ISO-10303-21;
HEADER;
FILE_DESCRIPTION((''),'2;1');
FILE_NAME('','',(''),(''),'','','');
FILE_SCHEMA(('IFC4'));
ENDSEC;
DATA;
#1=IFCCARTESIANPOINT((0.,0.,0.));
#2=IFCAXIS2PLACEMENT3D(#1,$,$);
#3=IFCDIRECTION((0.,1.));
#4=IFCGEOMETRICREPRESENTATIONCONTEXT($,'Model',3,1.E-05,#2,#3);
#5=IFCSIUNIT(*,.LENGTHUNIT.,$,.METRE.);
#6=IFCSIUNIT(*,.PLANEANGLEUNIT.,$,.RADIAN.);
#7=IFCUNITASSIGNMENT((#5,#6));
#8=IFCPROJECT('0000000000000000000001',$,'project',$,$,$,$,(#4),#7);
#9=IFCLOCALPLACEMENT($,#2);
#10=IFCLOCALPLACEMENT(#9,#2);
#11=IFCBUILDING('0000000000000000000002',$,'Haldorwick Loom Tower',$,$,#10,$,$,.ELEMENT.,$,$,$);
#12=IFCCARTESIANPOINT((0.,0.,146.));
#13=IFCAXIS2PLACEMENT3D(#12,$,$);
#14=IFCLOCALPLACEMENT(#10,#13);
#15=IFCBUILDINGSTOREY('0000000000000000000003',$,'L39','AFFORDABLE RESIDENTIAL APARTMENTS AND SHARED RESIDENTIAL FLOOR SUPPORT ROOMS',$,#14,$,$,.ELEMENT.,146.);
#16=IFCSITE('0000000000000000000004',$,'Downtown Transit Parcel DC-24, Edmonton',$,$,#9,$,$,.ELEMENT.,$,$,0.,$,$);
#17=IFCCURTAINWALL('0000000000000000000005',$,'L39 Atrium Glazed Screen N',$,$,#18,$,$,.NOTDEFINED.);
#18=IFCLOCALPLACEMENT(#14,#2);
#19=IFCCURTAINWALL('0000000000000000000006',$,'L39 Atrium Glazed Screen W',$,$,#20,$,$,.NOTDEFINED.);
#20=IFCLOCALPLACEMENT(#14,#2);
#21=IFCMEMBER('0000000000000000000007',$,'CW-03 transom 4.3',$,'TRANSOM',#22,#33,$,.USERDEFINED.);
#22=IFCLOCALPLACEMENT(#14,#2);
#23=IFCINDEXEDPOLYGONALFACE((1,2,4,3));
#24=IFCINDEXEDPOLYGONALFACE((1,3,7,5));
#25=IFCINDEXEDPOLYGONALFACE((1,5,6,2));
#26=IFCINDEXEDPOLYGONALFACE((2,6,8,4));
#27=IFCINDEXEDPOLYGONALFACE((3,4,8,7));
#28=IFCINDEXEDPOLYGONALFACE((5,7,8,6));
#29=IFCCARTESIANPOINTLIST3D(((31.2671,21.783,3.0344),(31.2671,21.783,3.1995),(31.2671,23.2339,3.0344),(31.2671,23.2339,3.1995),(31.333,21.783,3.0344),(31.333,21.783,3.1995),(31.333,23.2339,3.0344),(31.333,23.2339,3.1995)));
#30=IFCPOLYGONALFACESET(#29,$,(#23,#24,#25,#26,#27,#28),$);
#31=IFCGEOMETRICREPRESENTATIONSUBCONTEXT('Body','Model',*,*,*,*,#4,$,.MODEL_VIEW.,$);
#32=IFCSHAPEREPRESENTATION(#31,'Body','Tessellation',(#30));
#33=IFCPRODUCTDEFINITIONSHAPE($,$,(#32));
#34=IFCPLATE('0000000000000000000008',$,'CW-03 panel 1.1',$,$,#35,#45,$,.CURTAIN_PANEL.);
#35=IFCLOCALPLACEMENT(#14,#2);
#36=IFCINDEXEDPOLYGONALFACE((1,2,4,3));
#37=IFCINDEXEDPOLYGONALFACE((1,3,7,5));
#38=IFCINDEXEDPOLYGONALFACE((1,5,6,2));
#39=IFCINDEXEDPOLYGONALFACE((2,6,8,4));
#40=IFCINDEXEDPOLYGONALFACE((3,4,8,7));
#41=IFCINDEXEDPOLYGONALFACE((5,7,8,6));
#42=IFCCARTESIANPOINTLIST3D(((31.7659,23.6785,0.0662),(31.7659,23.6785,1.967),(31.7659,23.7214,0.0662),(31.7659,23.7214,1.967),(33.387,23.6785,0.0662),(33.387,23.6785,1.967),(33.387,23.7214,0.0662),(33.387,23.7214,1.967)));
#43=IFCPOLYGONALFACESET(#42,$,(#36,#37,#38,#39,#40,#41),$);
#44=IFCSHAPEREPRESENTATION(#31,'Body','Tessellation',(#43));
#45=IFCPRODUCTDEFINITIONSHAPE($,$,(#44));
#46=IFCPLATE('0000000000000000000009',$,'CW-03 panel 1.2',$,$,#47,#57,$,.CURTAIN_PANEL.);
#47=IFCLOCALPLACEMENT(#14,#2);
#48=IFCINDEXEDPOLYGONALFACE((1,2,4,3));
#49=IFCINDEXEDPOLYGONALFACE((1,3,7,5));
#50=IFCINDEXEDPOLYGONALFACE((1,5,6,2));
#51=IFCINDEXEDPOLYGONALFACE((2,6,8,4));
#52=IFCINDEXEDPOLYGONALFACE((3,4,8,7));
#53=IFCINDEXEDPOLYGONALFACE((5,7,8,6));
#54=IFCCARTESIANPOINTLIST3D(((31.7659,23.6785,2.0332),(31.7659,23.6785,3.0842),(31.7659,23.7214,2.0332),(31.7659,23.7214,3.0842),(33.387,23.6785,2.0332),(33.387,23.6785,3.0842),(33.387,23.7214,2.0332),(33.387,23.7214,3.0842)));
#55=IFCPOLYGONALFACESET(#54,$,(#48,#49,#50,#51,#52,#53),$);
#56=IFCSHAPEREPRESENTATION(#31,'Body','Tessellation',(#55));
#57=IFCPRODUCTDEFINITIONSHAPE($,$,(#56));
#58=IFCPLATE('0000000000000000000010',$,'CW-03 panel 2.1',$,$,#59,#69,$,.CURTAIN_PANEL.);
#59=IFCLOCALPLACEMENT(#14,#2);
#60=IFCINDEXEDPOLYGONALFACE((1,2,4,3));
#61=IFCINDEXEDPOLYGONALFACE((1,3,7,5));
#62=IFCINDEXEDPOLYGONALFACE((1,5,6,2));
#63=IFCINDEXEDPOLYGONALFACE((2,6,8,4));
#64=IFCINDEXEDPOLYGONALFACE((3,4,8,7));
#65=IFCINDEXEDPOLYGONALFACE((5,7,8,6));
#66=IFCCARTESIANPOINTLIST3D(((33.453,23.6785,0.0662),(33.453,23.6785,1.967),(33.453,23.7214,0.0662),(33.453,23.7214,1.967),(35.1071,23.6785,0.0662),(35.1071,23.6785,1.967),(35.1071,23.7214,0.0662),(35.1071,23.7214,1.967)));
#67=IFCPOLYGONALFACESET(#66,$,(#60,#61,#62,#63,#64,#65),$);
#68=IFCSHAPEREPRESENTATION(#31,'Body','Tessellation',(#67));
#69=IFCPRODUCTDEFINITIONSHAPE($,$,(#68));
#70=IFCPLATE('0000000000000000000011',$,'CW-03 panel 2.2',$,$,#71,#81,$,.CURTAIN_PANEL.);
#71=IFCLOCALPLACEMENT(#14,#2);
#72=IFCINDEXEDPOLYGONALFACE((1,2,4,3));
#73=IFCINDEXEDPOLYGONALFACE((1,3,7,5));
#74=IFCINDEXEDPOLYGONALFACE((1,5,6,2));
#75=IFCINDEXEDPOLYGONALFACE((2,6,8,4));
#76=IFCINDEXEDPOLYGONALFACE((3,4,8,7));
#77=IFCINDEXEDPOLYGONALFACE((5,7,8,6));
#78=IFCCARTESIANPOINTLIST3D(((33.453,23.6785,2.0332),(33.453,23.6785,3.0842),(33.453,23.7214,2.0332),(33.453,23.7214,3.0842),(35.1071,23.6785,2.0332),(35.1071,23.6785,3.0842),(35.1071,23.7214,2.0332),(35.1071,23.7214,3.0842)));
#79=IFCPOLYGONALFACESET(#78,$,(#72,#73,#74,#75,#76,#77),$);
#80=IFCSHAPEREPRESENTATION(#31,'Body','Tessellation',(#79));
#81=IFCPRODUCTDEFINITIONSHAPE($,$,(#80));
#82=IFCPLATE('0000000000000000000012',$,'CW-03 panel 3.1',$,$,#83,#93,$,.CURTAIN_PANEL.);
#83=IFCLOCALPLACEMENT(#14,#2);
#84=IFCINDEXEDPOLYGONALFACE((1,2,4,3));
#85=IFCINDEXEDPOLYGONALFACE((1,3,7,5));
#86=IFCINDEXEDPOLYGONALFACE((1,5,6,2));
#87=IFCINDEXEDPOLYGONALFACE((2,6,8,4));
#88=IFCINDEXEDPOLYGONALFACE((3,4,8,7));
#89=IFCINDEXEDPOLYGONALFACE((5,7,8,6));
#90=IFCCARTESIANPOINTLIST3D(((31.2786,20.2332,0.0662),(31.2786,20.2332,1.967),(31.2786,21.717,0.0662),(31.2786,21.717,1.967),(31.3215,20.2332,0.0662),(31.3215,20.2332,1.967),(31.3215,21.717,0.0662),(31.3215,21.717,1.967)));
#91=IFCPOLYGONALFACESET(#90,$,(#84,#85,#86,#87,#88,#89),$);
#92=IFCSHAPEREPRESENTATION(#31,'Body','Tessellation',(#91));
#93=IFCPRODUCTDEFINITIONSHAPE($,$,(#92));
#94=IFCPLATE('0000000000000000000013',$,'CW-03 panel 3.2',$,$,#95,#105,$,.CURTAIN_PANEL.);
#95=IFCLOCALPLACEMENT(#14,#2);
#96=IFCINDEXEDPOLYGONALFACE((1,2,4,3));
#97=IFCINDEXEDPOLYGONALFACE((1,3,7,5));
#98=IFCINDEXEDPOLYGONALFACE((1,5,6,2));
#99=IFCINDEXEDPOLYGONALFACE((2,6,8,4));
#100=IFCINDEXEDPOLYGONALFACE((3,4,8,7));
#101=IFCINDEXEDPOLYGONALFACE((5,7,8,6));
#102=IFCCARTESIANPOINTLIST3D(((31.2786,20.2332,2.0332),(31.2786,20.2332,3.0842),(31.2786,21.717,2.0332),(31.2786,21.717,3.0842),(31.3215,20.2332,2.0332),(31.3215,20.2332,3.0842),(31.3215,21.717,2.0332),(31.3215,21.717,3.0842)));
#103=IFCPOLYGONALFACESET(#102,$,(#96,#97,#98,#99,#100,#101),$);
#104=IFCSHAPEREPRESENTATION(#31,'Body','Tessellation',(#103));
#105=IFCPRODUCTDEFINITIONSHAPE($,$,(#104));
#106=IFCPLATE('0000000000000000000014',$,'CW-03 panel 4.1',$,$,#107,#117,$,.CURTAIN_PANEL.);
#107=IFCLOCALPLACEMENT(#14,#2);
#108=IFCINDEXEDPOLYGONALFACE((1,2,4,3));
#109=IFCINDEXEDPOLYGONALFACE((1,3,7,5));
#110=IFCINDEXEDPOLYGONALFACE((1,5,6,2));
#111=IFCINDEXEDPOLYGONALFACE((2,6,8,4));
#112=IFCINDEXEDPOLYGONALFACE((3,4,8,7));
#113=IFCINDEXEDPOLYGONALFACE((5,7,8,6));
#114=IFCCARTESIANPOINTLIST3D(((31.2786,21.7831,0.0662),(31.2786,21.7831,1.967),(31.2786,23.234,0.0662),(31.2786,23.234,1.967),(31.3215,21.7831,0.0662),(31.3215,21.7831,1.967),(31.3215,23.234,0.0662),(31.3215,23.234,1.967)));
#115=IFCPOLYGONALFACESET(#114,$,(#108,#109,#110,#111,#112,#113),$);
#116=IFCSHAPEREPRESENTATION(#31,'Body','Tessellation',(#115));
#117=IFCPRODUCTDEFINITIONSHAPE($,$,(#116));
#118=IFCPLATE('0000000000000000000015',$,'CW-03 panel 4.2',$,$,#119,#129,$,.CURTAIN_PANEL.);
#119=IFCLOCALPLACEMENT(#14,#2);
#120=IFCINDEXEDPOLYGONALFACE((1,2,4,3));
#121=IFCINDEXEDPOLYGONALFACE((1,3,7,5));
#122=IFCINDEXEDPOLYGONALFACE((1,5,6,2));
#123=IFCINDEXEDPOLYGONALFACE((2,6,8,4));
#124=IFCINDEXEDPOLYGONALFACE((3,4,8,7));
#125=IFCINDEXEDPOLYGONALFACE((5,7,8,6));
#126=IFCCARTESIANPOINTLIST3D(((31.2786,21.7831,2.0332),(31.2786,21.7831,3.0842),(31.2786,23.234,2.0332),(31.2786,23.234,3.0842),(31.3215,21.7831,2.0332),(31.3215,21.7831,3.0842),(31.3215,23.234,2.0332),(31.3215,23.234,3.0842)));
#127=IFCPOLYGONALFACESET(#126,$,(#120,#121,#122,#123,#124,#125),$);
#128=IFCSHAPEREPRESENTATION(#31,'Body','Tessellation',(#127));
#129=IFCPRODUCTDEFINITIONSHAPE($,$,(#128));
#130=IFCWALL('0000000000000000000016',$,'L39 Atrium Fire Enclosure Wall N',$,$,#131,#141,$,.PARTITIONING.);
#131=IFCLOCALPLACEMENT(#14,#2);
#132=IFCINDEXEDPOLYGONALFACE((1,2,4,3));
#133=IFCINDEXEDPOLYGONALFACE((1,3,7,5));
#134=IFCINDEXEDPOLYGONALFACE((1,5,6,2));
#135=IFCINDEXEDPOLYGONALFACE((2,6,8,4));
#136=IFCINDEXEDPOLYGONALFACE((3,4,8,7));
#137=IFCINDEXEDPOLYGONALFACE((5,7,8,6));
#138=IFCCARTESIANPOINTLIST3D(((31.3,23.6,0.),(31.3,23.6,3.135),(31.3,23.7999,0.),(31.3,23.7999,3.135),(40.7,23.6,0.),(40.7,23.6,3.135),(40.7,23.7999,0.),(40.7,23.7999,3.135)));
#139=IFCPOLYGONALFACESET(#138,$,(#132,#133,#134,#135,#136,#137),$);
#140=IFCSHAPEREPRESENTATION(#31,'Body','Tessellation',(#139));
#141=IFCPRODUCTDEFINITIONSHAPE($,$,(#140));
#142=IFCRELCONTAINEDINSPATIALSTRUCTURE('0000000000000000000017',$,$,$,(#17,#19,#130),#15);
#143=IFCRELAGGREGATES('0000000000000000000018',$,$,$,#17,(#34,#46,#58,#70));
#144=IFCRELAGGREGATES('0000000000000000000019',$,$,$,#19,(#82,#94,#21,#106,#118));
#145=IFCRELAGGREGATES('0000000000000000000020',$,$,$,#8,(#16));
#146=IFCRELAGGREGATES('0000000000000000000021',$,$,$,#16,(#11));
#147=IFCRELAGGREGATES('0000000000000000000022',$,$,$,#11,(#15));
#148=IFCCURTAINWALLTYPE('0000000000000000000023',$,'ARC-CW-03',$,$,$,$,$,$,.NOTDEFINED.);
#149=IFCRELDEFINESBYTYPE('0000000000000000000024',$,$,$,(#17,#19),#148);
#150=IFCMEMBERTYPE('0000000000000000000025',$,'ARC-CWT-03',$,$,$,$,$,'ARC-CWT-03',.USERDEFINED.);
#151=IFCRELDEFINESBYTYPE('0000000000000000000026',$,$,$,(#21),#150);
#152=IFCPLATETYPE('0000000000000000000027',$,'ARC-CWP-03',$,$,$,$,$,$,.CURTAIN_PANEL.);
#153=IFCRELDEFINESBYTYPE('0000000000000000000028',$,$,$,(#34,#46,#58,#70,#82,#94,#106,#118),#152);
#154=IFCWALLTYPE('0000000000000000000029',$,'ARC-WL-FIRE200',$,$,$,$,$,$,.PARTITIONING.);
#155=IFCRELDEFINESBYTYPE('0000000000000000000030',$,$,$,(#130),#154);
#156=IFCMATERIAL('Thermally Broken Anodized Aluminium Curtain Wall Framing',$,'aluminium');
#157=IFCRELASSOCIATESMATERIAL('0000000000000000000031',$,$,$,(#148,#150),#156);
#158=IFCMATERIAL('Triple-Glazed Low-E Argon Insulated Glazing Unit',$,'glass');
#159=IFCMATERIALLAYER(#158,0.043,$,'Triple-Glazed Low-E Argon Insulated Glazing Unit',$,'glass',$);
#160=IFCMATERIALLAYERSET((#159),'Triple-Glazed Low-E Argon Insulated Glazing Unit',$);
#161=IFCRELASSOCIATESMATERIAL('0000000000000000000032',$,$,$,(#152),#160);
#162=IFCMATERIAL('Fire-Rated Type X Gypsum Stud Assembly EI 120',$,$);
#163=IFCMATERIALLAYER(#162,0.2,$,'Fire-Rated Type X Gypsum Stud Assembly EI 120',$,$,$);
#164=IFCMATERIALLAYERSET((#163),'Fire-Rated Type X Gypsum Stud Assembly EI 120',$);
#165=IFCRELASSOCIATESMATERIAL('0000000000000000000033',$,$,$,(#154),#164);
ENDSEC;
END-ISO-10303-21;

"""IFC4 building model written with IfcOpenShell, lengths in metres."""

from ifc_helpers import new_model, si_unit, direction, frame, frame_2d, origin, origin_2d, place, context, subcontext, project, spatial, rectangle, extrude, material, layer, layer_set, material_profile, profile_set, type_object, element, aggregate, save


model = new_model("IFC4")

# Units and contexts
model_context = context("Model", 3, precision=1e-05, world=origin(), true_north=direction((0.0, 1.0)))
body_context = subcontext(model_context, "Body", "Model", "MODEL_VIEW")
ifc_project = project(units=[si_unit("LENGTHUNIT", "METRE"), si_unit("PLANEANGLEUNIT", "RADIAN")], contexts=[model_context])

# Site, building, storey
site_placement = place(None, origin())
site = spatial("IfcSite", under=ifc_project, at=site_placement, Name="Downtown Transit Parcel DC-24, Edmonton", CompositionType="ELEMENT", RefElevation=0.0)
building_placement = place(site_placement, origin())
building = spatial("IfcBuilding", under=site, at=building_placement, Name="Haldorwick Loom Tower", CompositionType="ELEMENT")
storey_placement = place(building_placement, frame((0.0, 0.0, 146.0)))
storey = spatial("IfcBuildingStorey", under=building, at=storey_placement, Name="L39", Description="AFFORDABLE RESIDENTIAL APARTMENTS AND SHARED RESIDENTIAL FLOOR SUPPORT ROOMS", CompositionType="ELEMENT", Elevation=146.0)

# Curtain walls
ifc_material_1 = material(Name="Thermally Broken Anodized Aluminium Curtain Wall Framing", Category="aluminium")
curtain_wall_type = type_object("IfcCurtainWallType", Name="ARC-CW-03", PredefinedType="NOTDEFINED", material=ifc_material_1)
curtain_wall_1_placement = place(storey_placement, origin())
curtain_wall_1 = element("IfcCurtainWall", 1, at=curtain_wall_1_placement, inside=storey, type_object=curtain_wall_type, Name="L39 Atrium Glazed Screen N", PredefinedType="NOTDEFINED")
curtain_wall_2_placement = place(storey_placement, origin())
curtain_wall_2 = element("IfcCurtainWall", 2, at=curtain_wall_2_placement, inside=storey, type_object=curtain_wall_type, Name="L39 Atrium Glazed Screen W", PredefinedType="NOTDEFINED")

# Member
ifc_material_profile_1 = material_profile(ifc_material_1, rectangle(XDim=0.0659, YDim=0.165, at=origin_2d()), Name="ALU_TRN_66X165", Category="aluminium")
ifc_profile_set_1 = profile_set([ifc_material_profile_1], Name="Thermally Broken Anodized Aluminium Curtain Wall Framing")
member_type_1 = type_object("IfcMemberType", Name="ARC-CWT-03", ElementType="ARC-CWT-03", PredefinedType="USERDEFINED", material=ifc_profile_set_1)
member_1_placement = place(storey_placement, frame((31.3, 21.783, 3.1169), z_axis=(0.0, 1.0, 0.0), x_axis=(-1.0, 0.0, 0.0)))
member_1 = element("IfcMember", 3, at=member_1_placement, type_object=member_type_1, Name="CW-03 transom 4.3", ObjectType="TRANSOM", PredefinedType="USERDEFINED", context=body_context, shape_type="SweptSolid", body=[
    extrude(rectangle(XDim=0.0659, YDim=0.165, at=origin_2d()), origin(), (0.0, 0.0, 1.0), 1.4509),
])

# Plates
ifc_material_2 = material(Name="Triple-Glazed Low-E Argon Insulated Glazing Unit", Category="glass")
ifc_layer_1 = layer(ifc_material_2, 0.043, Name="Triple-Glazed Low-E Argon Insulated Glazing Unit", Category="glass")
ifc_layer_set_1 = layer_set([ifc_layer_1], Name="Triple-Glazed Low-E Argon Insulated Glazing Unit")
plate_type = type_object("IfcPlateType", Name="ARC-CWP-03", PredefinedType="CURTAIN_PANEL", material=ifc_layer_set_1)
plate_1_placement = place(storey_placement, frame((32.5764, 23.7, 0.0662), z_axis=(0.0, 0.0, 1.0), x_axis=(1.0, 0.0, 0.0)))
plate_1 = element("IfcPlate", 4, at=plate_1_placement, type_object=plate_type, Name="CW-03 panel 1.1", PredefinedType="CURTAIN_PANEL", context=body_context, shape_type="SweptSolid", body=[
    extrude(rectangle(XDim=1.6211, YDim=0.043, at=origin_2d()), origin(), (0.0, 0.0, 1.0), 1.9009),
])
plate_2_placement = place(storey_placement, frame((32.5764, 23.7, 2.0332), z_axis=(0.0, 0.0, 1.0), x_axis=(1.0, 0.0, 0.0)))
plate_2 = element("IfcPlate", 5, at=plate_2_placement, type_object=plate_type, Name="CW-03 panel 1.2", PredefinedType="CURTAIN_PANEL", context=body_context, shape_type="SweptSolid", body=[
    extrude(rectangle(XDim=1.6211, YDim=0.043, at=origin_2d()), origin(), (0.0, 0.0, 1.0), 1.051),
])
plate_3_placement = place(storey_placement, frame((34.28, 23.7, 0.0662), z_axis=(0.0, 0.0, 1.0), x_axis=(1.0, 0.0, 0.0)))
plate_3 = element("IfcPlate", 6, at=plate_3_placement, type_object=plate_type, Name="CW-03 panel 2.1", PredefinedType="CURTAIN_PANEL", context=body_context, shape_type="SweptSolid", body=[
    extrude(rectangle(XDim=1.6541, YDim=0.043, at=origin_2d()), origin(), (0.0, 0.0, 1.0), 1.9009),
])
plate_4_placement = place(storey_placement, frame((34.28, 23.7, 2.0332), z_axis=(0.0, 0.0, 1.0), x_axis=(1.0, 0.0, 0.0)))
plate_4 = element("IfcPlate", 7, at=plate_4_placement, type_object=plate_type, Name="CW-03 panel 2.2", PredefinedType="CURTAIN_PANEL", context=body_context, shape_type="SweptSolid", body=[
    extrude(rectangle(XDim=1.6541, YDim=0.043, at=origin_2d()), origin(), (0.0, 0.0, 1.0), 1.051),
])
aggregate(curtain_wall_1, [plate_1, plate_2, plate_3, plate_4])
plate_5_placement = place(storey_placement, frame((31.3, 20.9751, 0.0662), z_axis=(0.0, 0.0, 1.0), x_axis=(0.0, 1.0, 0.0)))
plate_5 = element("IfcPlate", 8, at=plate_5_placement, type_object=plate_type, Name="CW-03 panel 3.1", PredefinedType="CURTAIN_PANEL", context=body_context, shape_type="SweptSolid", body=[
    extrude(rectangle(XDim=1.4839, YDim=0.043, at=origin_2d()), origin(), (0.0, 0.0, 1.0), 1.9009),
])
plate_6_placement = place(storey_placement, frame((31.3, 20.9751, 2.0332), z_axis=(0.0, 0.0, 1.0), x_axis=(0.0, 1.0, 0.0)))
plate_6 = element("IfcPlate", 9, at=plate_6_placement, type_object=plate_type, Name="CW-03 panel 3.2", PredefinedType="CURTAIN_PANEL", context=body_context, shape_type="SweptSolid", body=[
    extrude(rectangle(XDim=1.4839, YDim=0.043, at=origin_2d()), origin(), (0.0, 0.0, 1.0), 1.051),
])
plate_7_placement = place(storey_placement, frame((31.3, 22.5085, 0.0662), z_axis=(0.0, 0.0, 1.0), x_axis=(0.0, 1.0, 0.0)))
plate_7 = element("IfcPlate", 10, at=plate_7_placement, type_object=plate_type, Name="CW-03 panel 4.1", PredefinedType="CURTAIN_PANEL", context=body_context, shape_type="SweptSolid", body=[
    extrude(rectangle(XDim=1.4509, YDim=0.043, at=origin_2d()), origin(), (0.0, 0.0, 1.0), 1.9009),
])
plate_8_placement = place(storey_placement, frame((31.3, 22.5085, 2.0332), z_axis=(0.0, 0.0, 1.0), x_axis=(0.0, 1.0, 0.0)))
plate_8 = element("IfcPlate", 11, at=plate_8_placement, type_object=plate_type, Name="CW-03 panel 4.2", PredefinedType="CURTAIN_PANEL", context=body_context, shape_type="SweptSolid", body=[
    extrude(rectangle(XDim=1.4509, YDim=0.043, at=origin_2d()), origin(), (0.0, 0.0, 1.0), 1.051),
])
aggregate(curtain_wall_2, [plate_5, plate_6, member_1, plate_7, plate_8])

# Wall
ifc_material_3 = material(Name="Fire-Rated Type X Gypsum Stud Assembly EI 120")
ifc_layer_2 = layer(ifc_material_3, 0.2, Name="Fire-Rated Type X Gypsum Stud Assembly EI 120")
ifc_layer_set_2 = layer_set([ifc_layer_2], Name="Fire-Rated Type X Gypsum Stud Assembly EI 120")
wall_type = type_object("IfcWallType", Name="ARC-WL-FIRE200", PredefinedType="PARTITIONING", material=ifc_layer_set_2)
wall_placement = place(storey_placement, frame((31.3, 23.7, 0.0), z_axis=(0.0, 0.0, 1.0), x_axis=(1.0, 0.0, 0.0)))
element("IfcWall", 12, at=wall_placement, inside=storey, type_object=wall_type, Name="L39 Atrium Fire Enclosure Wall N", PredefinedType="PARTITIONING", context=body_context, shape_type="SweptSolid", body=[
    extrude(rectangle(XDim=9.3999, YDim=0.2, at=frame_2d((4.7, 0.0))), origin(), (0.0, 0.0, 1.0), 3.135),
])

save(model, "model.ifc")
